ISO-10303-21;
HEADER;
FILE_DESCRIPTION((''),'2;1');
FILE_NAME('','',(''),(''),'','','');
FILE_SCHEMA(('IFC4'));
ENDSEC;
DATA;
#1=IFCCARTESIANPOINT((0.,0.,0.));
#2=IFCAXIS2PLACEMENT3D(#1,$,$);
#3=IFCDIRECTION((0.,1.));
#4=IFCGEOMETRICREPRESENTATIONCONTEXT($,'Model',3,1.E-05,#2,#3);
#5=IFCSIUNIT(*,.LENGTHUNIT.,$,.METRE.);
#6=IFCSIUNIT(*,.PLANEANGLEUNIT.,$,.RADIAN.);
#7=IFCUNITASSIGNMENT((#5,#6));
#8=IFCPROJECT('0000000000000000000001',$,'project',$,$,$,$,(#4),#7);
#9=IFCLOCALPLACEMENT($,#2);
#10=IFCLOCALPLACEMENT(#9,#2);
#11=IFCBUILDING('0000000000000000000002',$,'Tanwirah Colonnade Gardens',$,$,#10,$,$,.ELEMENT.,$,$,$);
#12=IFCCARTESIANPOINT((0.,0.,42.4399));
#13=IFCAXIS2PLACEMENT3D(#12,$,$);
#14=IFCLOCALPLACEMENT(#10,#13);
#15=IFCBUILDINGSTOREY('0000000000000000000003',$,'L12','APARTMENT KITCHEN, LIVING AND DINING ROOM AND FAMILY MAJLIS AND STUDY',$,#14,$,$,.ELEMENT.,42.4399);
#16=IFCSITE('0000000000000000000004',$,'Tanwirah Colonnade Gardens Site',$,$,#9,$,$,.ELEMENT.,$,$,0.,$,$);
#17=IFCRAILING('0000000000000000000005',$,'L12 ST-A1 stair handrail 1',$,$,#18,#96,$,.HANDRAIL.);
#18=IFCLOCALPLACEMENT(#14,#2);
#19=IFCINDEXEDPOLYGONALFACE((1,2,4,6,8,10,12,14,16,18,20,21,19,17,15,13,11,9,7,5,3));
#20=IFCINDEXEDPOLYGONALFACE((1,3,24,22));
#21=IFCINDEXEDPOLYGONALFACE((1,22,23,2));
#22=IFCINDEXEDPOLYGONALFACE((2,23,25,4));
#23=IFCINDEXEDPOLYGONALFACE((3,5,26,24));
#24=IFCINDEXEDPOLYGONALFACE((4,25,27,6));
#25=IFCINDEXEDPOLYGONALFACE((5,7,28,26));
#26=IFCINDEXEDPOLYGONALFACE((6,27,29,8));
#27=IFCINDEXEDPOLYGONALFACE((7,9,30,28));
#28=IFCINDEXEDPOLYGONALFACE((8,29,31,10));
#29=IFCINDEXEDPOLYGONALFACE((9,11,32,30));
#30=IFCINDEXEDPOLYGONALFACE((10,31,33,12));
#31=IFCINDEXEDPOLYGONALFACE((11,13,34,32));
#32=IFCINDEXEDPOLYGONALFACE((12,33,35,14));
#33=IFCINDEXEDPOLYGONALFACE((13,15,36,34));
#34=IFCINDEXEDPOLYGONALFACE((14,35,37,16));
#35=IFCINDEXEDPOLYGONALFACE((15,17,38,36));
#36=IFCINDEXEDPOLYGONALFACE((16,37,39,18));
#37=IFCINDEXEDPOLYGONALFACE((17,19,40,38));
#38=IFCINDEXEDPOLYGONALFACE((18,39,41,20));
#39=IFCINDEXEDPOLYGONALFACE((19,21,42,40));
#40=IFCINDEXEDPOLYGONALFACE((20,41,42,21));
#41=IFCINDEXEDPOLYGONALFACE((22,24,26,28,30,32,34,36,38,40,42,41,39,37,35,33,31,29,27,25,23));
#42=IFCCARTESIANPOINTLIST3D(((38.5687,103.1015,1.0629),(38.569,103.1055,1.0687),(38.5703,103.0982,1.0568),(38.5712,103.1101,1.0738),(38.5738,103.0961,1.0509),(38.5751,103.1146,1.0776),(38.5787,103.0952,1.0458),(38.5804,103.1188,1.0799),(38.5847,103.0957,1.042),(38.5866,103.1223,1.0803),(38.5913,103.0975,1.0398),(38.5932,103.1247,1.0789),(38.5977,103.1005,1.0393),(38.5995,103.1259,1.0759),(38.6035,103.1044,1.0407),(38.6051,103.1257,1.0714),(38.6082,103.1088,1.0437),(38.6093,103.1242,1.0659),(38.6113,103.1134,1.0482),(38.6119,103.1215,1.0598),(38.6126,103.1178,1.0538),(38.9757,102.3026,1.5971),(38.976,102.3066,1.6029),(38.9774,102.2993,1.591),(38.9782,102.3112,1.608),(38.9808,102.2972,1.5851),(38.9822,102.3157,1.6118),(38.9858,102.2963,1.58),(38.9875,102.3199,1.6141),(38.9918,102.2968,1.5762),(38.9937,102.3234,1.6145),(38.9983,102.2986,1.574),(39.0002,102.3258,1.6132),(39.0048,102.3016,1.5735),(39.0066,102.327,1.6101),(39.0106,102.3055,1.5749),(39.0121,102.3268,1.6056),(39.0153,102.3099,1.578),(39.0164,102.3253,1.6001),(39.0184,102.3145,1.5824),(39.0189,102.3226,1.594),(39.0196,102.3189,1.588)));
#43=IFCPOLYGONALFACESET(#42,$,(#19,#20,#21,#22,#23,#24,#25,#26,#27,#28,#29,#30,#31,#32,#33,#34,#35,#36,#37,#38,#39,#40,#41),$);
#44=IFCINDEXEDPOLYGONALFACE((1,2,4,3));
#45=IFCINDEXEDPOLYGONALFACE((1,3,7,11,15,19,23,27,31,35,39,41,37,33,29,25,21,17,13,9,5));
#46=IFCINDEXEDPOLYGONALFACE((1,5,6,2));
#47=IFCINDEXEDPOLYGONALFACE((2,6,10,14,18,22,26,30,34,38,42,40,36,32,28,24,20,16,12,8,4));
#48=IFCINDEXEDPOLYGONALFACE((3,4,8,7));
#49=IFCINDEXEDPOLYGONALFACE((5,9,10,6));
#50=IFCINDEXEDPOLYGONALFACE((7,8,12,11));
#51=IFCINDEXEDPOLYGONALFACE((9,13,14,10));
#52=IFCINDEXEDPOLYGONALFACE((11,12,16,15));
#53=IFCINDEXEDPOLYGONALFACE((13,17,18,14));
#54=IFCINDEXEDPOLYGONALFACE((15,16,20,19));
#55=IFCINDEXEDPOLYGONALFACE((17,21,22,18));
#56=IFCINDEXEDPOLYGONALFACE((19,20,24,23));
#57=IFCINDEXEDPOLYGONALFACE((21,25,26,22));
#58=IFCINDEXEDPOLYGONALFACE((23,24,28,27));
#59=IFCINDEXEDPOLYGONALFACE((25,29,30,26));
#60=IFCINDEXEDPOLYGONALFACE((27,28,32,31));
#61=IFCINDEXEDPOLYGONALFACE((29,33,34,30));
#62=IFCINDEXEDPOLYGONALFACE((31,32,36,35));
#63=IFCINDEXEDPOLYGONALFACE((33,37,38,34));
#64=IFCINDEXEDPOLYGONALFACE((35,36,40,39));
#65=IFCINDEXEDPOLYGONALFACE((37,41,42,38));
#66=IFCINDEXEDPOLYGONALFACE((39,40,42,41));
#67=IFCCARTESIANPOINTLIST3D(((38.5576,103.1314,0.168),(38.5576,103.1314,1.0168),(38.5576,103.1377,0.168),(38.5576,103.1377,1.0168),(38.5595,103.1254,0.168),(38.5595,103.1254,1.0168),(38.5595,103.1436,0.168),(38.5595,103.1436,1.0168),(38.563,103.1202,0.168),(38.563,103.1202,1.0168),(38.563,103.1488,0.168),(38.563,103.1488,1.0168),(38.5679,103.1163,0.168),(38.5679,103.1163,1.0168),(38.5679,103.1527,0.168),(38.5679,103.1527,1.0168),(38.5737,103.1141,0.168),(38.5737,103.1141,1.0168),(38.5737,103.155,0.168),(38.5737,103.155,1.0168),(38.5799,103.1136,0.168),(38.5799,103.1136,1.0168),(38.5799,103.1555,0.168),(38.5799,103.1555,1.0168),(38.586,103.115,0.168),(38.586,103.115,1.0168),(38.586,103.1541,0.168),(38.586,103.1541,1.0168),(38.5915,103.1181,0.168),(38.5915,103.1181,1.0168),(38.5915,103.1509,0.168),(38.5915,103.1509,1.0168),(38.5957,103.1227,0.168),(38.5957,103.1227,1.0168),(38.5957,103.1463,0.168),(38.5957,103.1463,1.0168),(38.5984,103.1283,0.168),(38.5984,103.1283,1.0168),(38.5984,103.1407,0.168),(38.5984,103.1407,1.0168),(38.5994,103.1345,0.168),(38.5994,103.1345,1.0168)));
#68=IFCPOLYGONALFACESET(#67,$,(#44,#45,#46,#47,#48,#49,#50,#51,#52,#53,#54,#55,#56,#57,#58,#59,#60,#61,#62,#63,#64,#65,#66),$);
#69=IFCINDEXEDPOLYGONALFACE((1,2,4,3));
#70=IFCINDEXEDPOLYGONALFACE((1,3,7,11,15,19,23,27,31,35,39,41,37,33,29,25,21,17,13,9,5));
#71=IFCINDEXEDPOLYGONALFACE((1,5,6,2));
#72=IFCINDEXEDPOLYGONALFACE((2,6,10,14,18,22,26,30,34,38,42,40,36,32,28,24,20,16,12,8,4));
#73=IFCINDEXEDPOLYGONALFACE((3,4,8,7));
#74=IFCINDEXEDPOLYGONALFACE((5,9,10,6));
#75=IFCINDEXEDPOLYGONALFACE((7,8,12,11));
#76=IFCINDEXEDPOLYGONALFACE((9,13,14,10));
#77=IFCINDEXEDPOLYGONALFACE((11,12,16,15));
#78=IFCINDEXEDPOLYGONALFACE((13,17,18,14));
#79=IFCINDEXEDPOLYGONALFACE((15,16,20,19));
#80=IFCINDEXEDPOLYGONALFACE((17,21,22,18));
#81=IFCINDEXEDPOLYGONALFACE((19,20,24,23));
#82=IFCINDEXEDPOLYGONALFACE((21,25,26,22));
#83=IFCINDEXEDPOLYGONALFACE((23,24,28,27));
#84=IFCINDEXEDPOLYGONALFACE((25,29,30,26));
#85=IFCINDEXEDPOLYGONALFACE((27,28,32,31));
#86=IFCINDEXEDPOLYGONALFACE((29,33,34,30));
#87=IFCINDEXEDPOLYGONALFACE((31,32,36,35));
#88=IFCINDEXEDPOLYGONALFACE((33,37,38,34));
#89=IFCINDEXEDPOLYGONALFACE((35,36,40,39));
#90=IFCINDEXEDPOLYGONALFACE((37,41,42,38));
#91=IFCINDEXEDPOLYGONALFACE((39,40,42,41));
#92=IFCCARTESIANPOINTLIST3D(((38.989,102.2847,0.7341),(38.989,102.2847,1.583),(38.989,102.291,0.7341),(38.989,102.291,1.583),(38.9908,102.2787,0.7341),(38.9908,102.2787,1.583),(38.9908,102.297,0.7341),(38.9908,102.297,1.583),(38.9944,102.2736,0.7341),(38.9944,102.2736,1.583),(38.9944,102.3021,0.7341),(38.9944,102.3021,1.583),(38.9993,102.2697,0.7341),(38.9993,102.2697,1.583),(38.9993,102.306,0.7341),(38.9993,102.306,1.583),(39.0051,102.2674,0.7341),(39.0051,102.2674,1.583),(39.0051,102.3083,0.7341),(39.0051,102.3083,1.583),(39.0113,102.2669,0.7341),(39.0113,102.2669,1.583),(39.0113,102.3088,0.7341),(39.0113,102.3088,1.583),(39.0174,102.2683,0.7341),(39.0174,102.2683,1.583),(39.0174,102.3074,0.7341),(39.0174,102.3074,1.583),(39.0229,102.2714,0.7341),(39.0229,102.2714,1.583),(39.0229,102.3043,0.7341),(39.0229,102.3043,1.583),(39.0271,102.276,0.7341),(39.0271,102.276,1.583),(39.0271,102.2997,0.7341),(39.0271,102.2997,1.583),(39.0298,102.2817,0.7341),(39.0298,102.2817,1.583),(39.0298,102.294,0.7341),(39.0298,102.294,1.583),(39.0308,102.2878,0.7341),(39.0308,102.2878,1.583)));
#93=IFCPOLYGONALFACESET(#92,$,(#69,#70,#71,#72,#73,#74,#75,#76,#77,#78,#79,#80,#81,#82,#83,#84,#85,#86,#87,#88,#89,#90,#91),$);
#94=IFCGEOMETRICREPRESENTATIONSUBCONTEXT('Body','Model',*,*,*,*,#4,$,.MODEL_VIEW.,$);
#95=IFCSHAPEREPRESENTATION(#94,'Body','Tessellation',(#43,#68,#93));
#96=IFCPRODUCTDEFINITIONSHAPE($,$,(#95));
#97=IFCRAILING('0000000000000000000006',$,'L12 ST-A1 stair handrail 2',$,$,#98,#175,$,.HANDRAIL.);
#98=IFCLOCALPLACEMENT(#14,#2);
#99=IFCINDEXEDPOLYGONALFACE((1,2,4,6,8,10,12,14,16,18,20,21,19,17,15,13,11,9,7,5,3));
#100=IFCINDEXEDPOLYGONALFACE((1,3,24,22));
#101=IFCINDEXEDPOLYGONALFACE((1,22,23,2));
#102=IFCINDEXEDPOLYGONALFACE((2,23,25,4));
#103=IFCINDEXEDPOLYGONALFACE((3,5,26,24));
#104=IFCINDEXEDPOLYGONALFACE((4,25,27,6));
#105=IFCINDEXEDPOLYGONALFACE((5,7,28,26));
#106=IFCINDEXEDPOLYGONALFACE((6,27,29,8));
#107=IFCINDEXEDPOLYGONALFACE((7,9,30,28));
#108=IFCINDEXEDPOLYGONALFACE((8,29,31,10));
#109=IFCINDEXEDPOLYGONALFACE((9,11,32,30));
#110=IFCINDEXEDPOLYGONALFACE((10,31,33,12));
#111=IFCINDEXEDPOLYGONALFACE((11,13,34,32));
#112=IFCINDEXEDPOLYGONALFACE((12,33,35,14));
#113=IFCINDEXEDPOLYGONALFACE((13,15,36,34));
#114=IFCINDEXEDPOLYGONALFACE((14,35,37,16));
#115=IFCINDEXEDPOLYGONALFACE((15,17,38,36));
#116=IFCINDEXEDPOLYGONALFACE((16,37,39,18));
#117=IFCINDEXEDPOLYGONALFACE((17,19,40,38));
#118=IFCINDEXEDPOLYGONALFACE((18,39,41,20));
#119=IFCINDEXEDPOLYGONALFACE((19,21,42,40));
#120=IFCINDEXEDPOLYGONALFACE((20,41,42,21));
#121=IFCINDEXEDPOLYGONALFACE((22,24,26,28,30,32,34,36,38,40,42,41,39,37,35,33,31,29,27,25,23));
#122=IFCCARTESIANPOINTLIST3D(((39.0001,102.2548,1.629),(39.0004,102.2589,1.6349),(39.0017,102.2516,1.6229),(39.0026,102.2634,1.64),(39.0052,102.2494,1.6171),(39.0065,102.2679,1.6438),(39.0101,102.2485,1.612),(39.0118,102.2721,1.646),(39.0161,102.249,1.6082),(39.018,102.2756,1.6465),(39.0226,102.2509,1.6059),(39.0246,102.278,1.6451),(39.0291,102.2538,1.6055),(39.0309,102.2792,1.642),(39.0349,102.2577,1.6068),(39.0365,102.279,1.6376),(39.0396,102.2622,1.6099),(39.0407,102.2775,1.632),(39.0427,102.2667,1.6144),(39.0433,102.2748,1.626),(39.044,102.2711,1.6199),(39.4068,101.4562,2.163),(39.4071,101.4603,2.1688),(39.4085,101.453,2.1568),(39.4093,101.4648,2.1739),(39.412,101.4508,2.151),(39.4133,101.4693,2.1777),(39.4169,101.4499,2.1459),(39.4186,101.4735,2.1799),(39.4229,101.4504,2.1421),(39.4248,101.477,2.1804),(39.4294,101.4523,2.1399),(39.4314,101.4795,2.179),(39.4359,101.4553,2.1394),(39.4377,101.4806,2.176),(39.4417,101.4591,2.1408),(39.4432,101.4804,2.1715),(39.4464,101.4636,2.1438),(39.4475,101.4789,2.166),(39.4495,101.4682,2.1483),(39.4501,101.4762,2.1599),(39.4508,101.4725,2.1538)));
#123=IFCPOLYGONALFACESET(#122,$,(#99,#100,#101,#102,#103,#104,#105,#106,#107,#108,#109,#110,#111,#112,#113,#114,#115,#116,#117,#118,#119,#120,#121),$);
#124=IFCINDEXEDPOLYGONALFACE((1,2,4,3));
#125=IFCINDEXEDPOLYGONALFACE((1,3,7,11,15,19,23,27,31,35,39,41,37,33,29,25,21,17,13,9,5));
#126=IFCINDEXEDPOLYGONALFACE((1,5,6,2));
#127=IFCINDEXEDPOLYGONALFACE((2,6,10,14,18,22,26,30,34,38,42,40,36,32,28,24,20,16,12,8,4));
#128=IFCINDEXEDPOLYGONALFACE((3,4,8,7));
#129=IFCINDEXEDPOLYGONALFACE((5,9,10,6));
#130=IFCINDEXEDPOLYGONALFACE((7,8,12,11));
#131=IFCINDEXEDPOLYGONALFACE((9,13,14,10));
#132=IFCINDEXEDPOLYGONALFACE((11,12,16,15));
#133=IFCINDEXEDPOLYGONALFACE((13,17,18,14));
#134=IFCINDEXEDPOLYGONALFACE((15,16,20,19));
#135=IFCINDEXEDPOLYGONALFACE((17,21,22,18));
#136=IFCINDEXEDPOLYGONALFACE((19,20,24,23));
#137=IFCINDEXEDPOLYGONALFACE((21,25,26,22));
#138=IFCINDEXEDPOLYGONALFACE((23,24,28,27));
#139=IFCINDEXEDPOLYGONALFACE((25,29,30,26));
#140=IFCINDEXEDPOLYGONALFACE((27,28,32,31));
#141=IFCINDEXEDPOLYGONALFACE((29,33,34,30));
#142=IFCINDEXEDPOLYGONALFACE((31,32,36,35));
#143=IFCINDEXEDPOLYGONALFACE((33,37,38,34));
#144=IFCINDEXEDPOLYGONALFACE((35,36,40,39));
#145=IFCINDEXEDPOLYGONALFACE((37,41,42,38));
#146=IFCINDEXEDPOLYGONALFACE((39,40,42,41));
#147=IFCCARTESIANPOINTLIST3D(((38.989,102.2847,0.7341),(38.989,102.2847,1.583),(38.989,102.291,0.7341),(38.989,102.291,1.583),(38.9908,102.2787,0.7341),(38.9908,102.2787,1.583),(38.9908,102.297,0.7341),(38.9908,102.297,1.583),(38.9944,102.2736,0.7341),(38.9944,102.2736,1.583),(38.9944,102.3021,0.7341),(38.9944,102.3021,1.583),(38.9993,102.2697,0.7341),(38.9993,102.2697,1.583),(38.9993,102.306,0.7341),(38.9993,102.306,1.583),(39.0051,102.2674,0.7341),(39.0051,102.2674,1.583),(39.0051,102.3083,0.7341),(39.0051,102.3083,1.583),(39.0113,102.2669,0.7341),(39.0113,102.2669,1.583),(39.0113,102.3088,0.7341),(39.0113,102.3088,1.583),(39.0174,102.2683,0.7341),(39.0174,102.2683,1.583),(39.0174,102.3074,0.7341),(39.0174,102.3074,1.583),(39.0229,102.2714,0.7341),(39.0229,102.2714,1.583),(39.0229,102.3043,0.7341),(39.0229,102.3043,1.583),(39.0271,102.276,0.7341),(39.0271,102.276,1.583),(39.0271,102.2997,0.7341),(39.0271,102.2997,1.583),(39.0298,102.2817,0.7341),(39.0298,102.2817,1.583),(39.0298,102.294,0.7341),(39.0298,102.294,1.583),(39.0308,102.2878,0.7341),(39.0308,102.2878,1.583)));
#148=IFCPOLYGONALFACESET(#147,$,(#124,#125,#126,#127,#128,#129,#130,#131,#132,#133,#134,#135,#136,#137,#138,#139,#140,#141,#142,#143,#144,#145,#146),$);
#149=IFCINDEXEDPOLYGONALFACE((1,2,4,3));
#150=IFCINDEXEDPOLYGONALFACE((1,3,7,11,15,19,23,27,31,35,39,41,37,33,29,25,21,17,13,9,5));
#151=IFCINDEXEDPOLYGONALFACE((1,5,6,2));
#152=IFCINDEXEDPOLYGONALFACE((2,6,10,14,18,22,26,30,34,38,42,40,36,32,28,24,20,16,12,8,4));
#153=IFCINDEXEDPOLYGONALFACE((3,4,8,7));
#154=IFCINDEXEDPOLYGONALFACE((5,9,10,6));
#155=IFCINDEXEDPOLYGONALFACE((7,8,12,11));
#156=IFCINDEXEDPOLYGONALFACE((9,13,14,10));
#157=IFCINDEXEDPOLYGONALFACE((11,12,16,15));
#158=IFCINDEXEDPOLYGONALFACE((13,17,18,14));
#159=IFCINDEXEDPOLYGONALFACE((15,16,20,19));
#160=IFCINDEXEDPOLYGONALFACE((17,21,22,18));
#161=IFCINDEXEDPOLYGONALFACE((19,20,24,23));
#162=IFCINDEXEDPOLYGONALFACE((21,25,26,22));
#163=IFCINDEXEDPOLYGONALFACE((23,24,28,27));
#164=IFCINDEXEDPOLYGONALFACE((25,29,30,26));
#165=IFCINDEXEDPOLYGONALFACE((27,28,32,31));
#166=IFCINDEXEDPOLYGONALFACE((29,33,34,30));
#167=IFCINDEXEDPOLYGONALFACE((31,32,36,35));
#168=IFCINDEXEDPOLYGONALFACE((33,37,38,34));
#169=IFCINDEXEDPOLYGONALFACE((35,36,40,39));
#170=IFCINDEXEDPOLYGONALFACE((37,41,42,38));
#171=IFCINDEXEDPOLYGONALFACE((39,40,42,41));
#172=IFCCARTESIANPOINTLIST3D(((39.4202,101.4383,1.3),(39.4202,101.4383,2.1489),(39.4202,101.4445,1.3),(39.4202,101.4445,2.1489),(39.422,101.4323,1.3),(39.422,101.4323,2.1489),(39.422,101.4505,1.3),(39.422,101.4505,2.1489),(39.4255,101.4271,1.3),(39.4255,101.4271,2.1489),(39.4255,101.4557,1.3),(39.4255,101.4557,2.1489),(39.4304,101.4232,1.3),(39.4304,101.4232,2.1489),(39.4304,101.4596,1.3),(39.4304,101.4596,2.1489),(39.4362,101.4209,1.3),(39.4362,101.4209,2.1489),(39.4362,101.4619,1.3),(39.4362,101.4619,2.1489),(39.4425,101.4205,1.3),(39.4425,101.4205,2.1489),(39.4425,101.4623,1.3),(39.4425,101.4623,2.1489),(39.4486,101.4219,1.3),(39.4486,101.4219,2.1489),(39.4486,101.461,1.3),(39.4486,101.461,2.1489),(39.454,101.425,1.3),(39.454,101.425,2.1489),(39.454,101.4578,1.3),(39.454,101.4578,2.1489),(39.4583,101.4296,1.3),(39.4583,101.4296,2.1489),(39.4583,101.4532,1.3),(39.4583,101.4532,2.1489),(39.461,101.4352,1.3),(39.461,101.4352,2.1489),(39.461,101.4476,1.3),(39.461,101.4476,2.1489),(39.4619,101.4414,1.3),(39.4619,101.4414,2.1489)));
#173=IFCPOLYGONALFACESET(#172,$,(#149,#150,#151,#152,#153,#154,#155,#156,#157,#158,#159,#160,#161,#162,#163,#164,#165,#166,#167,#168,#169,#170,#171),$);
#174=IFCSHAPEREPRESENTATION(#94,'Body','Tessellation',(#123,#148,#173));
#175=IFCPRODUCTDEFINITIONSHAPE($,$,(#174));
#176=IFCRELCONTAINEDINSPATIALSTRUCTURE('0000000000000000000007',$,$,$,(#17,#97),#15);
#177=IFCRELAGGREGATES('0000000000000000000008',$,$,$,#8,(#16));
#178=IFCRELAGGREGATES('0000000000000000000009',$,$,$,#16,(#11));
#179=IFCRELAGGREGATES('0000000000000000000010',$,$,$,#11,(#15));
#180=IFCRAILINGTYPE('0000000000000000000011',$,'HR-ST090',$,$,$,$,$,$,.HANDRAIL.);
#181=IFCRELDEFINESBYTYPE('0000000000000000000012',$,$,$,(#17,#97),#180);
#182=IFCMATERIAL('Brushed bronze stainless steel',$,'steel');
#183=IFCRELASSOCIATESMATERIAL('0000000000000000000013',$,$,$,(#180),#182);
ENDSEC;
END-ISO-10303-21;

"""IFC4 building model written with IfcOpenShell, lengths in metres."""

from ifc_helpers import new_model, si_unit, direction, frame, origin, origin_2d, place, context, subcontext, project, spatial, circle, extrude, material, type_object, element, save


model = new_model("IFC4")

# Units and contexts
model_context = context("Model", 3, precision=1e-05, world=origin(), true_north=direction((0.0, 1.0)))
body_context = subcontext(model_context, "Body", "Model", "MODEL_VIEW")
ifc_project = project(units=[si_unit("LENGTHUNIT", "METRE"), si_unit("PLANEANGLEUNIT", "RADIAN")], contexts=[model_context])

# Site, building, storey
site_placement = place(None, origin())
site = spatial("IfcSite", under=ifc_project, at=site_placement, Name="Tanwirah Colonnade Gardens Site", CompositionType="ELEMENT", RefElevation=0.0)
building_placement = place(site_placement, origin())
building = spatial("IfcBuilding", under=site, at=building_placement, Name="Tanwirah Colonnade Gardens", CompositionType="ELEMENT")
storey_placement = place(building_placement, frame((0.0, 0.0, 42.4399)))
storey = spatial("IfcBuildingStorey", under=building, at=storey_placement, Name="L12", Description="APARTMENT KITCHEN, LIVING AND DINING ROOM AND FAMILY MAJLIS AND STUDY", CompositionType="ELEMENT", Elevation=42.4399)

# Railings
ifc_material_1 = material(Name="Brushed bronze stainless steel", Category="steel")
railing_type_1 = type_object("IfcRailingType", Name="HR-ST090", PredefinedType="HANDRAIL", material=ifc_material_1)
railing_1_placement = place(storey_placement, frame((38.5784, 103.1345, 0.168)))
element("IfcRailing", 1, at=railing_1_placement, inside=storey, type_object=railing_type_1, Name="L12 ST-A1 stair handrail 1", PredefinedType="HANDRAIL", context=body_context, shape_type="SweptSolid", body=[
    extrude(circle(Radius=0.0239, at=origin_2d()), frame((0.0122, -0.0239, 0.8918), z_axis=(0.390008, -0.765448, 0.511844), x_axis=(0.89101, 0.453984, 0.0)), (0.0, 0.0, 1.0), 1.0437),
    extrude(circle(Radius=0.021, at=origin_2d()), origin(), (0.0, 0.0, 1.0), 0.8489),
    extrude(circle(Radius=0.021, at=origin_2d()), frame((0.4314, -0.8467, 0.5662)), (0.0, 0.0, 1.0), 0.8489),
])
railing_2_placement = place(storey_placement, frame((39.0098, 102.2878, 0.7341)))
element("IfcRailing", 2, at=railing_2_placement, inside=storey, type_object=railing_type_1, Name="L12 ST-A1 stair handrail 2", PredefinedType="HANDRAIL", context=body_context, shape_type="SweptSolid", body=[
    extrude(circle(Radius=0.0239, at=origin_2d()), frame((0.0122, -0.0239, 0.8918), z_axis=(0.38993, -0.765509, 0.511811), x_axis=(0.891061, 0.453883, 0.0)), (0.0, 0.0, 1.0), 1.0432),
    extrude(circle(Radius=0.021, at=origin_2d()), origin(), (0.0, 0.0, 1.0), 0.8489),
    extrude(circle(Radius=0.021, at=origin_2d()), frame((0.4312, -0.8464, 0.5659)), (0.0, 0.0, 1.0), 0.8489),
])

save(model, "model.ifc")
